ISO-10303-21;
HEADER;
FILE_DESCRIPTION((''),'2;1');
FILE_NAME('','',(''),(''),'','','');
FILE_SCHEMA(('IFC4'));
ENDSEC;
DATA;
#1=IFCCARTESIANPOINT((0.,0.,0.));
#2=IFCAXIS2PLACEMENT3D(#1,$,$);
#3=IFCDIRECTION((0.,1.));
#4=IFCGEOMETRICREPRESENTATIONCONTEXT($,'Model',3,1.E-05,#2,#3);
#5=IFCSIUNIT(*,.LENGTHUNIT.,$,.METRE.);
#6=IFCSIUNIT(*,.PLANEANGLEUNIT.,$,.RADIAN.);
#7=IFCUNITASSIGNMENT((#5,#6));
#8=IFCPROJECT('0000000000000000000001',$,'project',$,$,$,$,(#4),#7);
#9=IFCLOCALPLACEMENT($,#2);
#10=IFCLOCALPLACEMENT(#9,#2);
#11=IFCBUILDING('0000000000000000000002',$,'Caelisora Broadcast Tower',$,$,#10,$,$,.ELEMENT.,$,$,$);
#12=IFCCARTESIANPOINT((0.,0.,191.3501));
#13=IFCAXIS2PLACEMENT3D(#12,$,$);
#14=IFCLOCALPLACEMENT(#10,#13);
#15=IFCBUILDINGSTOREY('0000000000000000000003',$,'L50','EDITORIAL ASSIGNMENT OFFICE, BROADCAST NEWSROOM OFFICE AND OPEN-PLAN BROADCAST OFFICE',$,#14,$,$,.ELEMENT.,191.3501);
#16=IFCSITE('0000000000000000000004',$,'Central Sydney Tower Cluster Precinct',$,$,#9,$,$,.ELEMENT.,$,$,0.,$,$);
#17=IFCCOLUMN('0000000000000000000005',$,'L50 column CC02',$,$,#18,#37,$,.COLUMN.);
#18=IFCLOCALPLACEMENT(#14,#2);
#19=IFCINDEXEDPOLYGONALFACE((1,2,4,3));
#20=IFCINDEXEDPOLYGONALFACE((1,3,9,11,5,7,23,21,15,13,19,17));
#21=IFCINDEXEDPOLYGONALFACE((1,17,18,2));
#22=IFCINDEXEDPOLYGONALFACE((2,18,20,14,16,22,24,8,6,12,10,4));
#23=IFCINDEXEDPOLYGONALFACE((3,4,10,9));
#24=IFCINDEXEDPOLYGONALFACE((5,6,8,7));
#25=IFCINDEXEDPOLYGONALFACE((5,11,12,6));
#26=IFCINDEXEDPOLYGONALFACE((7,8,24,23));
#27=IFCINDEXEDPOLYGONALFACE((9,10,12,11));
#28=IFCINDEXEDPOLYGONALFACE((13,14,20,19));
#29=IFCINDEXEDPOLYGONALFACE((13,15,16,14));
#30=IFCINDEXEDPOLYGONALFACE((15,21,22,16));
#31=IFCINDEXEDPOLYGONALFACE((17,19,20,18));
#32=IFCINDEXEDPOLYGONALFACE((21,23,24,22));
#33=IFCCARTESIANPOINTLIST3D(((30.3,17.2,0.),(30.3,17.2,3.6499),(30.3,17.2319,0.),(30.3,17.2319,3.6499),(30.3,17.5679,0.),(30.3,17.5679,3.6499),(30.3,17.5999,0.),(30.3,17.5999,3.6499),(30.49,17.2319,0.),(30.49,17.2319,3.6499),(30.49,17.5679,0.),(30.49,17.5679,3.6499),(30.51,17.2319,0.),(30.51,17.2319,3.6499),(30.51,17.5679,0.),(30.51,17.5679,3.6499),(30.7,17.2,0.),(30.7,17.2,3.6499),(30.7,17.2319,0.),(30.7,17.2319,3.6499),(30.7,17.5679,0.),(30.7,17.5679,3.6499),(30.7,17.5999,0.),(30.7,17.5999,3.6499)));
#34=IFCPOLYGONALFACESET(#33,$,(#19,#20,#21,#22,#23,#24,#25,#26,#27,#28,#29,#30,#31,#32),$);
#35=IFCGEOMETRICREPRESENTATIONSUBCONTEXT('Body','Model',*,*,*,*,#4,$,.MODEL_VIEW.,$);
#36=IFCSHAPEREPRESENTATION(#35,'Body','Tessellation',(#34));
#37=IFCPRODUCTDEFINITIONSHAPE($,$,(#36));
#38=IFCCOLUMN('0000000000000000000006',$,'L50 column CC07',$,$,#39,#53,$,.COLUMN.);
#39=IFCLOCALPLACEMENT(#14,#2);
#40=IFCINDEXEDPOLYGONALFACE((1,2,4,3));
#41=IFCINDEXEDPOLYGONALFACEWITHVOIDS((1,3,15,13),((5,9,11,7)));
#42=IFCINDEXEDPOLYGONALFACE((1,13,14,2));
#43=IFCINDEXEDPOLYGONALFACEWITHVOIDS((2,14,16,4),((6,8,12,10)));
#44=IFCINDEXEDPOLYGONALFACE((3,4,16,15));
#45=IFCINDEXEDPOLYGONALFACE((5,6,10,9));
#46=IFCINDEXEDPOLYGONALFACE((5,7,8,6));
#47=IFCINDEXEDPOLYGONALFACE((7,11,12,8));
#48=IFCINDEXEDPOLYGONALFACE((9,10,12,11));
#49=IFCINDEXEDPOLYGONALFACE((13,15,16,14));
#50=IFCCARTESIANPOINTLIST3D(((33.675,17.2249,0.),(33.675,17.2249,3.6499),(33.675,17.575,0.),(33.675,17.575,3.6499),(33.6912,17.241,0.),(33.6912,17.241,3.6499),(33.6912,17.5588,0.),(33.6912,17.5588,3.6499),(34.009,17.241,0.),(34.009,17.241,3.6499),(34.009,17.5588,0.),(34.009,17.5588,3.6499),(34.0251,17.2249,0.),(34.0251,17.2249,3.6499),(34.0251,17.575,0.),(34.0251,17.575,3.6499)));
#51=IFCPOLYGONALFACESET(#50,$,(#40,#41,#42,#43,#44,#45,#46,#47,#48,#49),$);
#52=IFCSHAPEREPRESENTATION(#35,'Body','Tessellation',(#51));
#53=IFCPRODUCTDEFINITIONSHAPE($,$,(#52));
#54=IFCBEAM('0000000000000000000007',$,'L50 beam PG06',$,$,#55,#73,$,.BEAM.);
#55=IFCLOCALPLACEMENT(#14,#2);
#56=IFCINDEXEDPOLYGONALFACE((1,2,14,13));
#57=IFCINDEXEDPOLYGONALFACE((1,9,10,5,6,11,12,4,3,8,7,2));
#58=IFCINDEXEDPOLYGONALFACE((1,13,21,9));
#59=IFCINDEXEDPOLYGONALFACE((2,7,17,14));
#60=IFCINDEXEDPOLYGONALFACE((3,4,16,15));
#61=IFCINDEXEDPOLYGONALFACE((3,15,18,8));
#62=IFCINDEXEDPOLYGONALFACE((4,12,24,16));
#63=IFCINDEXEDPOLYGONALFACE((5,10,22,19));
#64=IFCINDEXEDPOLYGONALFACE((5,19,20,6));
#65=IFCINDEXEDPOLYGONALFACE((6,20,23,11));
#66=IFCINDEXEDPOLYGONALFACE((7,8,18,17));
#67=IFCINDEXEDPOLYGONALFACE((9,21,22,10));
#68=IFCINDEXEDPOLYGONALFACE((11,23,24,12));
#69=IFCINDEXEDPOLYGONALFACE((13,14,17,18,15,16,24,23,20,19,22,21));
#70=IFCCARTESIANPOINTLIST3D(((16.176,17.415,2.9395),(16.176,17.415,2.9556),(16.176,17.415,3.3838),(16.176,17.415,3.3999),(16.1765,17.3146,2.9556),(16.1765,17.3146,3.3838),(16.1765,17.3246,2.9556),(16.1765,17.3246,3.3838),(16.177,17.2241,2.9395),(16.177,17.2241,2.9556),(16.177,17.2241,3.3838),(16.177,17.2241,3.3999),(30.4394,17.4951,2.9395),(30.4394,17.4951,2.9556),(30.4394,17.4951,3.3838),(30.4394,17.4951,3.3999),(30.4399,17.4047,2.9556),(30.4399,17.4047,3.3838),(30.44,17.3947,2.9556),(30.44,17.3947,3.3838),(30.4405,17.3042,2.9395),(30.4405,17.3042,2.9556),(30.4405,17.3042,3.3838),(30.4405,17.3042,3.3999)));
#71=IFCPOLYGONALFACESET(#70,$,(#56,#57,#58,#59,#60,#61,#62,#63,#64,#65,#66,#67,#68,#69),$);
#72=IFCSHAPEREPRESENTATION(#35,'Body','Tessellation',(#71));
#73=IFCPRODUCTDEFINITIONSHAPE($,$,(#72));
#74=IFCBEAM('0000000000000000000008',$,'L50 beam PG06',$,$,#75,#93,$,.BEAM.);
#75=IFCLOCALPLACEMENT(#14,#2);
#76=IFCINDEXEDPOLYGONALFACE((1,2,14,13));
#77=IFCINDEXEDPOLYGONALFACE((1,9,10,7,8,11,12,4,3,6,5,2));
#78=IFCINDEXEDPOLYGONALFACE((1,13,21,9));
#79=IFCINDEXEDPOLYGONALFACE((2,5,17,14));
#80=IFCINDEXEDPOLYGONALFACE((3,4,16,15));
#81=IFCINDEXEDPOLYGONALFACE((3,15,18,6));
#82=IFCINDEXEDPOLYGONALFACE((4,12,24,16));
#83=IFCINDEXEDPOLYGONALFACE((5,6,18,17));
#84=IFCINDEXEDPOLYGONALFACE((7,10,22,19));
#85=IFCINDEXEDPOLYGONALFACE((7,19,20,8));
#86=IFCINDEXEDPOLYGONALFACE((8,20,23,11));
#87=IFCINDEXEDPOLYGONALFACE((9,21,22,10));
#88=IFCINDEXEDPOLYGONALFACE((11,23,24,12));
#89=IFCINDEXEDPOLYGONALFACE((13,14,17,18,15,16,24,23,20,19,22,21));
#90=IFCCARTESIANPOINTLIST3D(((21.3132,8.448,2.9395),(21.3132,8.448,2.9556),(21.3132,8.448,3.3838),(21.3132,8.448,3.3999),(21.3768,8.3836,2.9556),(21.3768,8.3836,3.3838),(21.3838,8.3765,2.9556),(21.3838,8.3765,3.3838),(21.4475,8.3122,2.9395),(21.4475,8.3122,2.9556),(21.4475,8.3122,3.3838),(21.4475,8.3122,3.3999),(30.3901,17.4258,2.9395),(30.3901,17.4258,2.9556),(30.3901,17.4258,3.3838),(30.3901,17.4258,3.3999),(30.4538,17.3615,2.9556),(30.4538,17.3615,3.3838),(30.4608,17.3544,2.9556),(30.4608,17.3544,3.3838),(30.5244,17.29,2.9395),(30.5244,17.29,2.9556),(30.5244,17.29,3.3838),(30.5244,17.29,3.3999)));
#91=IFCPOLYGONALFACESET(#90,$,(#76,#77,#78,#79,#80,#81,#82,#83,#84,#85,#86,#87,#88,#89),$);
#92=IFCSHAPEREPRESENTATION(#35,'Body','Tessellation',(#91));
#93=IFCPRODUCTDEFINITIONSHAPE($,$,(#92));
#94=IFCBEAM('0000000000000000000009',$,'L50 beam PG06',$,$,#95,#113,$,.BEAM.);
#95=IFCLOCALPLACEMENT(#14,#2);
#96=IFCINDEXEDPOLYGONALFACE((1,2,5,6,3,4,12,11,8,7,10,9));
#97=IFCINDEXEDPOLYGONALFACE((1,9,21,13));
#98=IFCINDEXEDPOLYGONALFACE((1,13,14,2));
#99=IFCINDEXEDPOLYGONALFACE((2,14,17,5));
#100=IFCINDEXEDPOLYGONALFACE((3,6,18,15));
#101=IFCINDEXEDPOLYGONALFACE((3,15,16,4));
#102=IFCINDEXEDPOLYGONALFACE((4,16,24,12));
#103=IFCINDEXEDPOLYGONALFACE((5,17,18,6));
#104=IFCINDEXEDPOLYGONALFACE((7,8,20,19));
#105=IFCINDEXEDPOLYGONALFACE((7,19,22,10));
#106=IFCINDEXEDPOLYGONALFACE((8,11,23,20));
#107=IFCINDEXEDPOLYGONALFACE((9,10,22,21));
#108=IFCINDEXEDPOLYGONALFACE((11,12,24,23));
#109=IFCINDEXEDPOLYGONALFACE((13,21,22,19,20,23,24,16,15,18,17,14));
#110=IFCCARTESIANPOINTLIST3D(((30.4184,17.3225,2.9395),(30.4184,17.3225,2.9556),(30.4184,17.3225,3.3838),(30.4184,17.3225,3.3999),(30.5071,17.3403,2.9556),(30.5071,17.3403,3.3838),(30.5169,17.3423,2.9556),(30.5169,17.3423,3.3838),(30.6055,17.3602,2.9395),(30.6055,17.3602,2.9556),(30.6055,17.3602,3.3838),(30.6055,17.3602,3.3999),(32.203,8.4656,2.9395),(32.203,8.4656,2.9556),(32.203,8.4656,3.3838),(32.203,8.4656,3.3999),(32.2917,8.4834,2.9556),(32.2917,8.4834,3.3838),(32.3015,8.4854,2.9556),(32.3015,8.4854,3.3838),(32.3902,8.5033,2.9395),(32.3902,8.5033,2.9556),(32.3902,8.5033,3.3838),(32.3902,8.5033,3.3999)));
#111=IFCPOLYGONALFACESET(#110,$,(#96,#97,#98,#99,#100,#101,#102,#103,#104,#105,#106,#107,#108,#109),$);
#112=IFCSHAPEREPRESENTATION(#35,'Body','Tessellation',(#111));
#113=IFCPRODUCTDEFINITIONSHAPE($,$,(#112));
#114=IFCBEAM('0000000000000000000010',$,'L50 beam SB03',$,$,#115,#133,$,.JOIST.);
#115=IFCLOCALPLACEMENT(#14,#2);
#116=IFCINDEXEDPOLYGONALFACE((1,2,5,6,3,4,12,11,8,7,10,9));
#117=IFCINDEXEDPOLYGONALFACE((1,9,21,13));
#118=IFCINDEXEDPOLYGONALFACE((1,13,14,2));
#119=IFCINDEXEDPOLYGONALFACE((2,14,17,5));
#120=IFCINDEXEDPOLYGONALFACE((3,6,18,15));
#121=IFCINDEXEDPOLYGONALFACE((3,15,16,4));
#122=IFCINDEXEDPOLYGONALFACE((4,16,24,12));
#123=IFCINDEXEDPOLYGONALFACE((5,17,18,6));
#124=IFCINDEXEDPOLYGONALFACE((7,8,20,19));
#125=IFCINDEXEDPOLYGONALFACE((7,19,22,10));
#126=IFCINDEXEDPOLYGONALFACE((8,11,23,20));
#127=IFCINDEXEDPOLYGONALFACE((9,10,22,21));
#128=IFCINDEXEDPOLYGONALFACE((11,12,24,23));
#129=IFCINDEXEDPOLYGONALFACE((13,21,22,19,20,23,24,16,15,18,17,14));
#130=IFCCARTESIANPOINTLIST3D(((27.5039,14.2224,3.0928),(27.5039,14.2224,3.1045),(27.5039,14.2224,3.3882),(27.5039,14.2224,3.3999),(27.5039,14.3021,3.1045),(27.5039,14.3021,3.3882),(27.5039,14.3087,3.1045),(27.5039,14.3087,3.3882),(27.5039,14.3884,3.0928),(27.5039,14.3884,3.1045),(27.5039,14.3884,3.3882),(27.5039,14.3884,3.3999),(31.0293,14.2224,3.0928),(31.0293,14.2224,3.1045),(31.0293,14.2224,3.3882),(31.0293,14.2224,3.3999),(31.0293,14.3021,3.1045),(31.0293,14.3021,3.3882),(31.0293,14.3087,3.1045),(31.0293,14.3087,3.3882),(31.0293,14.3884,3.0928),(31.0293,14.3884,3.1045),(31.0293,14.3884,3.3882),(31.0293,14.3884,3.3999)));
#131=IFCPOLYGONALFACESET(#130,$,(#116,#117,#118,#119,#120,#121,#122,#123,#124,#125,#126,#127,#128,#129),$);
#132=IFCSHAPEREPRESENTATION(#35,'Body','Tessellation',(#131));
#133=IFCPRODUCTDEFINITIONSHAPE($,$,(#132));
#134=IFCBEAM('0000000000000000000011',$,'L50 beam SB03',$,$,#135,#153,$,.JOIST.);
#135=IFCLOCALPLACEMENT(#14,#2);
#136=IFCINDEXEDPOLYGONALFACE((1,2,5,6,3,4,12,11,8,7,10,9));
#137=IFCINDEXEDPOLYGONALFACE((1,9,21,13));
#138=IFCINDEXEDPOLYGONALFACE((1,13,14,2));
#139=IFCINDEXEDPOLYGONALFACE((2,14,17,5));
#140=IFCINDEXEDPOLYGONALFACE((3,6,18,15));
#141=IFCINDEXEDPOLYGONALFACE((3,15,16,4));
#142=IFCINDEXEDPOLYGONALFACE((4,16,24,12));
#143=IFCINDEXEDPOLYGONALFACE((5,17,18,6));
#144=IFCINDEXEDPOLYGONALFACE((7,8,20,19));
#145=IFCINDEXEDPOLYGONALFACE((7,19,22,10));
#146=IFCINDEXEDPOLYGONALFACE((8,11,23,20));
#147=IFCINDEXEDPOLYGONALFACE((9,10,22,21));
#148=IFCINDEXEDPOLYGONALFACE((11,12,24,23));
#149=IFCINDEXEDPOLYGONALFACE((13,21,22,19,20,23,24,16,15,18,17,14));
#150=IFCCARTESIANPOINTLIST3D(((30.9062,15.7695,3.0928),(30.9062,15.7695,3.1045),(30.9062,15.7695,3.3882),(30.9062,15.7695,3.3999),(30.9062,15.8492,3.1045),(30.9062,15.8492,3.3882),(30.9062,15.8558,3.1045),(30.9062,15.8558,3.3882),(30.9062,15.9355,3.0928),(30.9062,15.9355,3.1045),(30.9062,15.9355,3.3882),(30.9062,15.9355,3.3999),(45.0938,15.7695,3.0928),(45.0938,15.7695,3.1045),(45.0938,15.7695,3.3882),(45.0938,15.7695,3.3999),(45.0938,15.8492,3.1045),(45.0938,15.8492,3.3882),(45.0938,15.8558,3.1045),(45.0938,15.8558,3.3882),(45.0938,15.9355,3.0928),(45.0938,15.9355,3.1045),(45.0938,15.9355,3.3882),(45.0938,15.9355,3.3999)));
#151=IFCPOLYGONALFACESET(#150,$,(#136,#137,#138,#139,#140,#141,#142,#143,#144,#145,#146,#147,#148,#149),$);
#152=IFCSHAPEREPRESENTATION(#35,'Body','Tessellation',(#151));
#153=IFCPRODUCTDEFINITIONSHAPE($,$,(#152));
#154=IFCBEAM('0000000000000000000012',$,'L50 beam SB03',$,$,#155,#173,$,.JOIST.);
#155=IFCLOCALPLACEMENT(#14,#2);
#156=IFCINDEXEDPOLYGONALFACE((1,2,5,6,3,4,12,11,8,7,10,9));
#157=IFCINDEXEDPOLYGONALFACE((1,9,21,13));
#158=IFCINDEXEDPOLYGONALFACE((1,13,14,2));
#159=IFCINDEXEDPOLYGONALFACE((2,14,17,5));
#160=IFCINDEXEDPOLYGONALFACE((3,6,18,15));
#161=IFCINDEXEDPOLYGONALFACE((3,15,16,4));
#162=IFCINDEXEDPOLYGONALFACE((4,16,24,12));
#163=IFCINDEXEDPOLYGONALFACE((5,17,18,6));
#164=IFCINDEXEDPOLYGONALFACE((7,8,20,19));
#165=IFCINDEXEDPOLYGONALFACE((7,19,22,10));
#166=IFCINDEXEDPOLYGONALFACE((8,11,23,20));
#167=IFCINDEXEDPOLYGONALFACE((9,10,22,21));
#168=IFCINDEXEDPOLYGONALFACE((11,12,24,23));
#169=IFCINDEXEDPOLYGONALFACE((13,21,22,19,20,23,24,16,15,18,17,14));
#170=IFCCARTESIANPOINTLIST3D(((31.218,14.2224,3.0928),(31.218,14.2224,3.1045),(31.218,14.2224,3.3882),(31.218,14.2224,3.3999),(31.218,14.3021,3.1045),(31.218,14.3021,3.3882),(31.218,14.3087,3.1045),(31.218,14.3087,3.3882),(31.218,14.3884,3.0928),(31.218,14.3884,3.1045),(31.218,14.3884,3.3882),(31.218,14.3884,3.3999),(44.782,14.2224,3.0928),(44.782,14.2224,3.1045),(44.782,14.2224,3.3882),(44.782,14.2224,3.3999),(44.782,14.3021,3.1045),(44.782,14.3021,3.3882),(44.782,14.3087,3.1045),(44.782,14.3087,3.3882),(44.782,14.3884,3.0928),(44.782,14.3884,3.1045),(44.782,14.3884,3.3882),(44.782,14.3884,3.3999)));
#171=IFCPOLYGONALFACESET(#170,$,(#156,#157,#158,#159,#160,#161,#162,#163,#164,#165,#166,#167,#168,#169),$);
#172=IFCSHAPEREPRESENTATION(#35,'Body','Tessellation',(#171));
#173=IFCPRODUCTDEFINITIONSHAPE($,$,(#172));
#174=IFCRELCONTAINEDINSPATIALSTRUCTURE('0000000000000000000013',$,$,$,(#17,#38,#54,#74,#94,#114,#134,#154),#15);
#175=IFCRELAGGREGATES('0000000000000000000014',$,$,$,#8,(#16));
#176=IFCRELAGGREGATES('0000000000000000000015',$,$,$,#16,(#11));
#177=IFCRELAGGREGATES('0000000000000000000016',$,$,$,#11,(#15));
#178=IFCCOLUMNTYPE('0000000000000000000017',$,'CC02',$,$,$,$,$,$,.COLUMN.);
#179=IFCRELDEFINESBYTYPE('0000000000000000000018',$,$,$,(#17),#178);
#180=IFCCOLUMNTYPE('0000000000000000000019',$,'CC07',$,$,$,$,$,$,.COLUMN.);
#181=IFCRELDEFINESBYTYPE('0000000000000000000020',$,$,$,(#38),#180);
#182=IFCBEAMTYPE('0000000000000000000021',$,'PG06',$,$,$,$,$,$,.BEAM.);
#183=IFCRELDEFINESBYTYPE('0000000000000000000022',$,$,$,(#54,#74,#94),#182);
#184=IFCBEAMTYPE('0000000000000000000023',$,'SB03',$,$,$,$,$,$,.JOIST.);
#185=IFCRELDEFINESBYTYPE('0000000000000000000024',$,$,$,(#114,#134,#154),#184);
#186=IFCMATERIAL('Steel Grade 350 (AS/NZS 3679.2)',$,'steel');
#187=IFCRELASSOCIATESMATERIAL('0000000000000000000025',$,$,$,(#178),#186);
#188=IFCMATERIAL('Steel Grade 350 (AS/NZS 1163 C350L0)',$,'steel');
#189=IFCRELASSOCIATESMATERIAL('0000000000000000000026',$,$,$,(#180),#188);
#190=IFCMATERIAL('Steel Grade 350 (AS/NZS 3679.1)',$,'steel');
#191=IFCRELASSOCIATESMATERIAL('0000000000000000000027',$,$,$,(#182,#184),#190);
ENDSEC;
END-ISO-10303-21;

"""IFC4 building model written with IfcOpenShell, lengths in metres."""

from ifc_helpers import new_model, si_unit, direction, frame, origin, origin_2d, place, context, subcontext, project, spatial, hollow_rectangle, i_section, extrude, source, transform, mapped, material, material_profile, profile_set, type_object, type_shapes, element, save


model = new_model("IFC4")

# Units and contexts
model_context = context("Model", 3, precision=1e-05, world=origin(), true_north=direction((0.0, 1.0)))
body_context = subcontext(model_context, "Body", "Model", "MODEL_VIEW")
ifc_project = project(units=[si_unit("LENGTHUNIT", "METRE"), si_unit("PLANEANGLEUNIT", "RADIAN")], contexts=[model_context])

# Site, building, storey
site_placement = place(None, origin())
site = spatial("IfcSite", under=ifc_project, at=site_placement, Name="Central Sydney Tower Cluster Precinct", CompositionType="ELEMENT", RefElevation=0.0)
building_placement = place(site_placement, origin())
building = spatial("IfcBuilding", under=site, at=building_placement, Name="Caelisora Broadcast Tower", CompositionType="ELEMENT")
storey_placement = place(building_placement, frame((0.0, 0.0, 191.3501)))
storey = spatial("IfcBuildingStorey", under=building, at=storey_placement, Name="L50", Description="EDITORIAL ASSIGNMENT OFFICE, BROADCAST NEWSROOM OFFICE AND OPEN-PLAN BROADCAST OFFICE", CompositionType="ELEMENT", Elevation=191.3501)

# Columns
ifc_material_1 = material(Name="Steel Grade 350 (AS/NZS 3679.2)", Category="steel")
ifc_material_profile_1 = material_profile(ifc_material_1, i_section(OverallWidth=0.3999, OverallDepth=0.3999, WebThickness=0.02, FlangeThickness=0.032, at=origin_2d()), Name="Steel Grade 350 (AS/NZS 3679.2)")
ifc_profile_set_1 = profile_set([ifc_material_profile_1], Name="Steel Grade 350 (AS/NZS 3679.2)")
column_type_1 = type_object("IfcColumnType", Name="CC02", PredefinedType="COLUMN", material=ifc_profile_set_1)
shared_shape_1 = source(origin(), body_context, "Body", "SweptSolid", [
    extrude(i_section(OverallWidth=0.3999, OverallDepth=0.3999, WebThickness=0.02, FlangeThickness=0.032, at=origin_2d()), origin(), (0.0, 0.0, 1.0), 3.6499),
])
type_shapes(column_type_1, [shared_shape_1])
column_1_placement = place(storey_placement, frame((30.5, 17.3999, 0.0), z_axis=(0.0, 0.0, 1.0), x_axis=(1.0, 0.0, 0.0)))
element("IfcColumn", 1, at=column_1_placement, inside=storey, type_object=column_type_1, Name="L50 column CC02", PredefinedType="COLUMN", context=body_context, shape_type="MappedRepresentation", body=[
    mapped(shared_shape_1, transform((0.0, 0.0, 0.0), scale=1.0)),
])
ifc_material_2 = material(Name="Steel Grade 350 (AS/NZS 1163 C350L0)", Category="steel")
ifc_material_profile_2 = material_profile(ifc_material_2, hollow_rectangle(XDim=0.3501, YDim=0.3501, WallThickness=0.0161, at=origin_2d()), Name="Steel Grade 350 (AS/NZS 1163 C350L0)")
ifc_profile_set_2 = profile_set([ifc_material_profile_2], Name="Steel Grade 350 (AS/NZS 1163 C350L0)")
column_type_2 = type_object("IfcColumnType", Name="CC07", PredefinedType="COLUMN", material=ifc_profile_set_2)
shared_shape_2 = source(origin(), body_context, "Body", "SweptSolid", [
    extrude(hollow_rectangle(XDim=0.3501, YDim=0.3501, WallThickness=0.0161, at=origin_2d()), origin(), (0.0, 0.0, 1.0), 3.6499),
])
type_shapes(column_type_2, [shared_shape_2])
column_2_placement = place(storey_placement, frame((33.8501, 17.3999, 0.0), z_axis=(0.0, 0.0, 1.0), x_axis=(1.0, 0.0, 0.0)))
element("IfcColumn", 2, at=column_2_placement, inside=storey, type_object=column_type_2, Name="L50 column CC07", PredefinedType="COLUMN", context=body_context, shape_type="MappedRepresentation", body=[
    mapped(shared_shape_2, transform((0.0, 0.0, 0.0), scale=1.0)),
])

# Beams
ifc_material_3 = material(Name="Steel Grade 350 (AS/NZS 3679.1)", Category="steel")
ifc_material_profile_3 = material_profile(ifc_material_3, i_section(OverallWidth=0.1909, OverallDepth=0.4604, WebThickness=0.01, FlangeThickness=0.0161, at=origin_2d()), Name="Steel Grade 350 (AS/NZS 3679.1)")
ifc_profile_set_3 = profile_set([ifc_material_profile_3], Name="Steel Grade 350 (AS/NZS 3679.1)")
beam_type_1 = type_object("IfcBeamType", Name="PG06", PredefinedType="BEAM", material=ifc_profile_set_3)
shared_shape_3 = source(origin(), body_context, "Body", "SweptSolid", [
    extrude(i_section(OverallWidth=0.1909, OverallDepth=0.4604, WebThickness=0.01, FlangeThickness=0.0161, at=origin_2d()), origin(), (0.0, 0.0, 1.0), 14.2637),
])
beam_1_placement = place(storey_placement, frame((30.4399, 17.3997, 3.1697), z_axis=(-0.999984, -0.005614, 0.0), x_axis=(0.005614, -0.999984, 0.0)))
element("IfcBeam", 3, at=beam_1_placement, inside=storey, type_object=beam_type_1, Name="L50 beam PG06", PredefinedType="BEAM", context=body_context, shape_type="MappedRepresentation", body=[
    mapped(shared_shape_3, transform((0.0, 0.0, 0.0), scale=1.0)),
])
shared_shape_4 = source(origin(), body_context, "Body", "SweptSolid", [
    extrude(i_section(OverallWidth=0.1909, OverallDepth=0.4604, WebThickness=0.01, FlangeThickness=0.0161, at=origin_2d()), origin(), (0.0, 0.0, 1.0), 12.7668),
])
beam_2_placement = place(storey_placement, frame((30.4573, 17.3579, 3.1697), z_axis=(-0.710978, -0.703214, 0.0), x_axis=(0.703214, -0.710978, 0.0)))
element("IfcBeam", 4, at=beam_2_placement, inside=storey, type_object=beam_type_1, Name="L50 beam PG06", PredefinedType="BEAM", context=body_context, shape_type="MappedRepresentation", body=[
    mapped(shared_shape_4, transform((0.0, 0.0, 0.0), scale=1.0)),
])
shared_shape_5 = source(origin(), body_context, "Body", "SweptSolid", [
    extrude(i_section(OverallWidth=0.1909, OverallDepth=0.4604, WebThickness=0.01, FlangeThickness=0.0161, at=origin_2d()), origin(), (0.0, 0.0, 1.0), 9.0349),
])
type_shapes(beam_type_1, [shared_shape_3, shared_shape_4, shared_shape_5])
beam_3_placement = place(storey_placement, frame((30.512, 17.3413, 3.1697), z_axis=(0.197529, -0.980297, 0.0), x_axis=(0.980297, 0.197529, 0.0)))
element("IfcBeam", 5, at=beam_3_placement, inside=storey, type_object=beam_type_1, Name="L50 beam PG06", PredefinedType="BEAM", context=body_context, shape_type="MappedRepresentation", body=[
    mapped(shared_shape_5, transform((0.0, 0.0, 0.0), scale=1.0)),
])
ifc_material_profile_4 = material_profile(ifc_material_3, i_section(OverallWidth=0.166, OverallDepth=0.3071, WebThickness=0.0066, FlangeThickness=0.0117, at=origin_2d()), Name="Steel Grade 350 (AS/NZS 3679.1)")
ifc_profile_set_4 = profile_set([ifc_material_profile_4], Name="Steel Grade 350 (AS/NZS 3679.1)")
beam_type_2 = type_object("IfcBeamType", Name="SB03", PredefinedType="JOIST", material=ifc_profile_set_4)
shared_shape_6 = source(origin(), body_context, "Body", "SweptSolid", [
    extrude(i_section(OverallWidth=0.166, OverallDepth=0.3071, WebThickness=0.0066, FlangeThickness=0.0117, at=origin_2d()), origin(), (0.0, 0.0, 1.0), 3.5254),
])
beam_4_placement = place(storey_placement, frame((27.5039, 14.3054, 3.2463), z_axis=(1.0, 0.0, 0.0), x_axis=(0.0, 1.0, 0.0)))
element("IfcBeam", 6, at=beam_4_placement, inside=storey, type_object=beam_type_2, Name="L50 beam SB03", PredefinedType="JOIST", context=body_context, shape_type="MappedRepresentation", body=[
    mapped(shared_shape_6, transform((0.0, 0.0, 0.0), scale=1.0)),
])
shared_shape_7 = source(origin(), body_context, "Body", "SweptSolid", [
    extrude(i_section(OverallWidth=0.166, OverallDepth=0.3071, WebThickness=0.0066, FlangeThickness=0.0117, at=origin_2d()), origin(), (0.0, 0.0, 1.0), 14.1875),
])
beam_5_placement = place(storey_placement, frame((30.9062, 15.8525, 3.2463), z_axis=(1.0, 0.0, 0.0), x_axis=(0.0, 1.0, 0.0)))
element("IfcBeam", 7, at=beam_5_placement, inside=storey, type_object=beam_type_2, Name="L50 beam SB03", PredefinedType="JOIST", context=body_context, shape_type="MappedRepresentation", body=[
    mapped(shared_shape_7, transform((0.0, 0.0, 0.0), scale=1.0)),
])
shared_shape_8 = source(origin(), body_context, "Body", "SweptSolid", [
    extrude(i_section(OverallWidth=0.166, OverallDepth=0.3071, WebThickness=0.0066, FlangeThickness=0.0117, at=origin_2d()), origin(), (0.0, 0.0, 1.0), 13.564),
])
type_shapes(beam_type_2, [shared_shape_6, shared_shape_7, shared_shape_8])
beam_6_placement = place(storey_placement, frame((31.218, 14.3054, 3.2463), z_axis=(1.0, 0.0, 0.0), x_axis=(0.0, 1.0, 0.0)))
element("IfcBeam", 8, at=beam_6_placement, inside=storey, type_object=beam_type_2, Name="L50 beam SB03", PredefinedType="JOIST", context=body_context, shape_type="MappedRepresentation", body=[
    mapped(shared_shape_8, transform((0.0, 0.0, 0.0), scale=1.0)),
])

save(model, "model.ifc")
